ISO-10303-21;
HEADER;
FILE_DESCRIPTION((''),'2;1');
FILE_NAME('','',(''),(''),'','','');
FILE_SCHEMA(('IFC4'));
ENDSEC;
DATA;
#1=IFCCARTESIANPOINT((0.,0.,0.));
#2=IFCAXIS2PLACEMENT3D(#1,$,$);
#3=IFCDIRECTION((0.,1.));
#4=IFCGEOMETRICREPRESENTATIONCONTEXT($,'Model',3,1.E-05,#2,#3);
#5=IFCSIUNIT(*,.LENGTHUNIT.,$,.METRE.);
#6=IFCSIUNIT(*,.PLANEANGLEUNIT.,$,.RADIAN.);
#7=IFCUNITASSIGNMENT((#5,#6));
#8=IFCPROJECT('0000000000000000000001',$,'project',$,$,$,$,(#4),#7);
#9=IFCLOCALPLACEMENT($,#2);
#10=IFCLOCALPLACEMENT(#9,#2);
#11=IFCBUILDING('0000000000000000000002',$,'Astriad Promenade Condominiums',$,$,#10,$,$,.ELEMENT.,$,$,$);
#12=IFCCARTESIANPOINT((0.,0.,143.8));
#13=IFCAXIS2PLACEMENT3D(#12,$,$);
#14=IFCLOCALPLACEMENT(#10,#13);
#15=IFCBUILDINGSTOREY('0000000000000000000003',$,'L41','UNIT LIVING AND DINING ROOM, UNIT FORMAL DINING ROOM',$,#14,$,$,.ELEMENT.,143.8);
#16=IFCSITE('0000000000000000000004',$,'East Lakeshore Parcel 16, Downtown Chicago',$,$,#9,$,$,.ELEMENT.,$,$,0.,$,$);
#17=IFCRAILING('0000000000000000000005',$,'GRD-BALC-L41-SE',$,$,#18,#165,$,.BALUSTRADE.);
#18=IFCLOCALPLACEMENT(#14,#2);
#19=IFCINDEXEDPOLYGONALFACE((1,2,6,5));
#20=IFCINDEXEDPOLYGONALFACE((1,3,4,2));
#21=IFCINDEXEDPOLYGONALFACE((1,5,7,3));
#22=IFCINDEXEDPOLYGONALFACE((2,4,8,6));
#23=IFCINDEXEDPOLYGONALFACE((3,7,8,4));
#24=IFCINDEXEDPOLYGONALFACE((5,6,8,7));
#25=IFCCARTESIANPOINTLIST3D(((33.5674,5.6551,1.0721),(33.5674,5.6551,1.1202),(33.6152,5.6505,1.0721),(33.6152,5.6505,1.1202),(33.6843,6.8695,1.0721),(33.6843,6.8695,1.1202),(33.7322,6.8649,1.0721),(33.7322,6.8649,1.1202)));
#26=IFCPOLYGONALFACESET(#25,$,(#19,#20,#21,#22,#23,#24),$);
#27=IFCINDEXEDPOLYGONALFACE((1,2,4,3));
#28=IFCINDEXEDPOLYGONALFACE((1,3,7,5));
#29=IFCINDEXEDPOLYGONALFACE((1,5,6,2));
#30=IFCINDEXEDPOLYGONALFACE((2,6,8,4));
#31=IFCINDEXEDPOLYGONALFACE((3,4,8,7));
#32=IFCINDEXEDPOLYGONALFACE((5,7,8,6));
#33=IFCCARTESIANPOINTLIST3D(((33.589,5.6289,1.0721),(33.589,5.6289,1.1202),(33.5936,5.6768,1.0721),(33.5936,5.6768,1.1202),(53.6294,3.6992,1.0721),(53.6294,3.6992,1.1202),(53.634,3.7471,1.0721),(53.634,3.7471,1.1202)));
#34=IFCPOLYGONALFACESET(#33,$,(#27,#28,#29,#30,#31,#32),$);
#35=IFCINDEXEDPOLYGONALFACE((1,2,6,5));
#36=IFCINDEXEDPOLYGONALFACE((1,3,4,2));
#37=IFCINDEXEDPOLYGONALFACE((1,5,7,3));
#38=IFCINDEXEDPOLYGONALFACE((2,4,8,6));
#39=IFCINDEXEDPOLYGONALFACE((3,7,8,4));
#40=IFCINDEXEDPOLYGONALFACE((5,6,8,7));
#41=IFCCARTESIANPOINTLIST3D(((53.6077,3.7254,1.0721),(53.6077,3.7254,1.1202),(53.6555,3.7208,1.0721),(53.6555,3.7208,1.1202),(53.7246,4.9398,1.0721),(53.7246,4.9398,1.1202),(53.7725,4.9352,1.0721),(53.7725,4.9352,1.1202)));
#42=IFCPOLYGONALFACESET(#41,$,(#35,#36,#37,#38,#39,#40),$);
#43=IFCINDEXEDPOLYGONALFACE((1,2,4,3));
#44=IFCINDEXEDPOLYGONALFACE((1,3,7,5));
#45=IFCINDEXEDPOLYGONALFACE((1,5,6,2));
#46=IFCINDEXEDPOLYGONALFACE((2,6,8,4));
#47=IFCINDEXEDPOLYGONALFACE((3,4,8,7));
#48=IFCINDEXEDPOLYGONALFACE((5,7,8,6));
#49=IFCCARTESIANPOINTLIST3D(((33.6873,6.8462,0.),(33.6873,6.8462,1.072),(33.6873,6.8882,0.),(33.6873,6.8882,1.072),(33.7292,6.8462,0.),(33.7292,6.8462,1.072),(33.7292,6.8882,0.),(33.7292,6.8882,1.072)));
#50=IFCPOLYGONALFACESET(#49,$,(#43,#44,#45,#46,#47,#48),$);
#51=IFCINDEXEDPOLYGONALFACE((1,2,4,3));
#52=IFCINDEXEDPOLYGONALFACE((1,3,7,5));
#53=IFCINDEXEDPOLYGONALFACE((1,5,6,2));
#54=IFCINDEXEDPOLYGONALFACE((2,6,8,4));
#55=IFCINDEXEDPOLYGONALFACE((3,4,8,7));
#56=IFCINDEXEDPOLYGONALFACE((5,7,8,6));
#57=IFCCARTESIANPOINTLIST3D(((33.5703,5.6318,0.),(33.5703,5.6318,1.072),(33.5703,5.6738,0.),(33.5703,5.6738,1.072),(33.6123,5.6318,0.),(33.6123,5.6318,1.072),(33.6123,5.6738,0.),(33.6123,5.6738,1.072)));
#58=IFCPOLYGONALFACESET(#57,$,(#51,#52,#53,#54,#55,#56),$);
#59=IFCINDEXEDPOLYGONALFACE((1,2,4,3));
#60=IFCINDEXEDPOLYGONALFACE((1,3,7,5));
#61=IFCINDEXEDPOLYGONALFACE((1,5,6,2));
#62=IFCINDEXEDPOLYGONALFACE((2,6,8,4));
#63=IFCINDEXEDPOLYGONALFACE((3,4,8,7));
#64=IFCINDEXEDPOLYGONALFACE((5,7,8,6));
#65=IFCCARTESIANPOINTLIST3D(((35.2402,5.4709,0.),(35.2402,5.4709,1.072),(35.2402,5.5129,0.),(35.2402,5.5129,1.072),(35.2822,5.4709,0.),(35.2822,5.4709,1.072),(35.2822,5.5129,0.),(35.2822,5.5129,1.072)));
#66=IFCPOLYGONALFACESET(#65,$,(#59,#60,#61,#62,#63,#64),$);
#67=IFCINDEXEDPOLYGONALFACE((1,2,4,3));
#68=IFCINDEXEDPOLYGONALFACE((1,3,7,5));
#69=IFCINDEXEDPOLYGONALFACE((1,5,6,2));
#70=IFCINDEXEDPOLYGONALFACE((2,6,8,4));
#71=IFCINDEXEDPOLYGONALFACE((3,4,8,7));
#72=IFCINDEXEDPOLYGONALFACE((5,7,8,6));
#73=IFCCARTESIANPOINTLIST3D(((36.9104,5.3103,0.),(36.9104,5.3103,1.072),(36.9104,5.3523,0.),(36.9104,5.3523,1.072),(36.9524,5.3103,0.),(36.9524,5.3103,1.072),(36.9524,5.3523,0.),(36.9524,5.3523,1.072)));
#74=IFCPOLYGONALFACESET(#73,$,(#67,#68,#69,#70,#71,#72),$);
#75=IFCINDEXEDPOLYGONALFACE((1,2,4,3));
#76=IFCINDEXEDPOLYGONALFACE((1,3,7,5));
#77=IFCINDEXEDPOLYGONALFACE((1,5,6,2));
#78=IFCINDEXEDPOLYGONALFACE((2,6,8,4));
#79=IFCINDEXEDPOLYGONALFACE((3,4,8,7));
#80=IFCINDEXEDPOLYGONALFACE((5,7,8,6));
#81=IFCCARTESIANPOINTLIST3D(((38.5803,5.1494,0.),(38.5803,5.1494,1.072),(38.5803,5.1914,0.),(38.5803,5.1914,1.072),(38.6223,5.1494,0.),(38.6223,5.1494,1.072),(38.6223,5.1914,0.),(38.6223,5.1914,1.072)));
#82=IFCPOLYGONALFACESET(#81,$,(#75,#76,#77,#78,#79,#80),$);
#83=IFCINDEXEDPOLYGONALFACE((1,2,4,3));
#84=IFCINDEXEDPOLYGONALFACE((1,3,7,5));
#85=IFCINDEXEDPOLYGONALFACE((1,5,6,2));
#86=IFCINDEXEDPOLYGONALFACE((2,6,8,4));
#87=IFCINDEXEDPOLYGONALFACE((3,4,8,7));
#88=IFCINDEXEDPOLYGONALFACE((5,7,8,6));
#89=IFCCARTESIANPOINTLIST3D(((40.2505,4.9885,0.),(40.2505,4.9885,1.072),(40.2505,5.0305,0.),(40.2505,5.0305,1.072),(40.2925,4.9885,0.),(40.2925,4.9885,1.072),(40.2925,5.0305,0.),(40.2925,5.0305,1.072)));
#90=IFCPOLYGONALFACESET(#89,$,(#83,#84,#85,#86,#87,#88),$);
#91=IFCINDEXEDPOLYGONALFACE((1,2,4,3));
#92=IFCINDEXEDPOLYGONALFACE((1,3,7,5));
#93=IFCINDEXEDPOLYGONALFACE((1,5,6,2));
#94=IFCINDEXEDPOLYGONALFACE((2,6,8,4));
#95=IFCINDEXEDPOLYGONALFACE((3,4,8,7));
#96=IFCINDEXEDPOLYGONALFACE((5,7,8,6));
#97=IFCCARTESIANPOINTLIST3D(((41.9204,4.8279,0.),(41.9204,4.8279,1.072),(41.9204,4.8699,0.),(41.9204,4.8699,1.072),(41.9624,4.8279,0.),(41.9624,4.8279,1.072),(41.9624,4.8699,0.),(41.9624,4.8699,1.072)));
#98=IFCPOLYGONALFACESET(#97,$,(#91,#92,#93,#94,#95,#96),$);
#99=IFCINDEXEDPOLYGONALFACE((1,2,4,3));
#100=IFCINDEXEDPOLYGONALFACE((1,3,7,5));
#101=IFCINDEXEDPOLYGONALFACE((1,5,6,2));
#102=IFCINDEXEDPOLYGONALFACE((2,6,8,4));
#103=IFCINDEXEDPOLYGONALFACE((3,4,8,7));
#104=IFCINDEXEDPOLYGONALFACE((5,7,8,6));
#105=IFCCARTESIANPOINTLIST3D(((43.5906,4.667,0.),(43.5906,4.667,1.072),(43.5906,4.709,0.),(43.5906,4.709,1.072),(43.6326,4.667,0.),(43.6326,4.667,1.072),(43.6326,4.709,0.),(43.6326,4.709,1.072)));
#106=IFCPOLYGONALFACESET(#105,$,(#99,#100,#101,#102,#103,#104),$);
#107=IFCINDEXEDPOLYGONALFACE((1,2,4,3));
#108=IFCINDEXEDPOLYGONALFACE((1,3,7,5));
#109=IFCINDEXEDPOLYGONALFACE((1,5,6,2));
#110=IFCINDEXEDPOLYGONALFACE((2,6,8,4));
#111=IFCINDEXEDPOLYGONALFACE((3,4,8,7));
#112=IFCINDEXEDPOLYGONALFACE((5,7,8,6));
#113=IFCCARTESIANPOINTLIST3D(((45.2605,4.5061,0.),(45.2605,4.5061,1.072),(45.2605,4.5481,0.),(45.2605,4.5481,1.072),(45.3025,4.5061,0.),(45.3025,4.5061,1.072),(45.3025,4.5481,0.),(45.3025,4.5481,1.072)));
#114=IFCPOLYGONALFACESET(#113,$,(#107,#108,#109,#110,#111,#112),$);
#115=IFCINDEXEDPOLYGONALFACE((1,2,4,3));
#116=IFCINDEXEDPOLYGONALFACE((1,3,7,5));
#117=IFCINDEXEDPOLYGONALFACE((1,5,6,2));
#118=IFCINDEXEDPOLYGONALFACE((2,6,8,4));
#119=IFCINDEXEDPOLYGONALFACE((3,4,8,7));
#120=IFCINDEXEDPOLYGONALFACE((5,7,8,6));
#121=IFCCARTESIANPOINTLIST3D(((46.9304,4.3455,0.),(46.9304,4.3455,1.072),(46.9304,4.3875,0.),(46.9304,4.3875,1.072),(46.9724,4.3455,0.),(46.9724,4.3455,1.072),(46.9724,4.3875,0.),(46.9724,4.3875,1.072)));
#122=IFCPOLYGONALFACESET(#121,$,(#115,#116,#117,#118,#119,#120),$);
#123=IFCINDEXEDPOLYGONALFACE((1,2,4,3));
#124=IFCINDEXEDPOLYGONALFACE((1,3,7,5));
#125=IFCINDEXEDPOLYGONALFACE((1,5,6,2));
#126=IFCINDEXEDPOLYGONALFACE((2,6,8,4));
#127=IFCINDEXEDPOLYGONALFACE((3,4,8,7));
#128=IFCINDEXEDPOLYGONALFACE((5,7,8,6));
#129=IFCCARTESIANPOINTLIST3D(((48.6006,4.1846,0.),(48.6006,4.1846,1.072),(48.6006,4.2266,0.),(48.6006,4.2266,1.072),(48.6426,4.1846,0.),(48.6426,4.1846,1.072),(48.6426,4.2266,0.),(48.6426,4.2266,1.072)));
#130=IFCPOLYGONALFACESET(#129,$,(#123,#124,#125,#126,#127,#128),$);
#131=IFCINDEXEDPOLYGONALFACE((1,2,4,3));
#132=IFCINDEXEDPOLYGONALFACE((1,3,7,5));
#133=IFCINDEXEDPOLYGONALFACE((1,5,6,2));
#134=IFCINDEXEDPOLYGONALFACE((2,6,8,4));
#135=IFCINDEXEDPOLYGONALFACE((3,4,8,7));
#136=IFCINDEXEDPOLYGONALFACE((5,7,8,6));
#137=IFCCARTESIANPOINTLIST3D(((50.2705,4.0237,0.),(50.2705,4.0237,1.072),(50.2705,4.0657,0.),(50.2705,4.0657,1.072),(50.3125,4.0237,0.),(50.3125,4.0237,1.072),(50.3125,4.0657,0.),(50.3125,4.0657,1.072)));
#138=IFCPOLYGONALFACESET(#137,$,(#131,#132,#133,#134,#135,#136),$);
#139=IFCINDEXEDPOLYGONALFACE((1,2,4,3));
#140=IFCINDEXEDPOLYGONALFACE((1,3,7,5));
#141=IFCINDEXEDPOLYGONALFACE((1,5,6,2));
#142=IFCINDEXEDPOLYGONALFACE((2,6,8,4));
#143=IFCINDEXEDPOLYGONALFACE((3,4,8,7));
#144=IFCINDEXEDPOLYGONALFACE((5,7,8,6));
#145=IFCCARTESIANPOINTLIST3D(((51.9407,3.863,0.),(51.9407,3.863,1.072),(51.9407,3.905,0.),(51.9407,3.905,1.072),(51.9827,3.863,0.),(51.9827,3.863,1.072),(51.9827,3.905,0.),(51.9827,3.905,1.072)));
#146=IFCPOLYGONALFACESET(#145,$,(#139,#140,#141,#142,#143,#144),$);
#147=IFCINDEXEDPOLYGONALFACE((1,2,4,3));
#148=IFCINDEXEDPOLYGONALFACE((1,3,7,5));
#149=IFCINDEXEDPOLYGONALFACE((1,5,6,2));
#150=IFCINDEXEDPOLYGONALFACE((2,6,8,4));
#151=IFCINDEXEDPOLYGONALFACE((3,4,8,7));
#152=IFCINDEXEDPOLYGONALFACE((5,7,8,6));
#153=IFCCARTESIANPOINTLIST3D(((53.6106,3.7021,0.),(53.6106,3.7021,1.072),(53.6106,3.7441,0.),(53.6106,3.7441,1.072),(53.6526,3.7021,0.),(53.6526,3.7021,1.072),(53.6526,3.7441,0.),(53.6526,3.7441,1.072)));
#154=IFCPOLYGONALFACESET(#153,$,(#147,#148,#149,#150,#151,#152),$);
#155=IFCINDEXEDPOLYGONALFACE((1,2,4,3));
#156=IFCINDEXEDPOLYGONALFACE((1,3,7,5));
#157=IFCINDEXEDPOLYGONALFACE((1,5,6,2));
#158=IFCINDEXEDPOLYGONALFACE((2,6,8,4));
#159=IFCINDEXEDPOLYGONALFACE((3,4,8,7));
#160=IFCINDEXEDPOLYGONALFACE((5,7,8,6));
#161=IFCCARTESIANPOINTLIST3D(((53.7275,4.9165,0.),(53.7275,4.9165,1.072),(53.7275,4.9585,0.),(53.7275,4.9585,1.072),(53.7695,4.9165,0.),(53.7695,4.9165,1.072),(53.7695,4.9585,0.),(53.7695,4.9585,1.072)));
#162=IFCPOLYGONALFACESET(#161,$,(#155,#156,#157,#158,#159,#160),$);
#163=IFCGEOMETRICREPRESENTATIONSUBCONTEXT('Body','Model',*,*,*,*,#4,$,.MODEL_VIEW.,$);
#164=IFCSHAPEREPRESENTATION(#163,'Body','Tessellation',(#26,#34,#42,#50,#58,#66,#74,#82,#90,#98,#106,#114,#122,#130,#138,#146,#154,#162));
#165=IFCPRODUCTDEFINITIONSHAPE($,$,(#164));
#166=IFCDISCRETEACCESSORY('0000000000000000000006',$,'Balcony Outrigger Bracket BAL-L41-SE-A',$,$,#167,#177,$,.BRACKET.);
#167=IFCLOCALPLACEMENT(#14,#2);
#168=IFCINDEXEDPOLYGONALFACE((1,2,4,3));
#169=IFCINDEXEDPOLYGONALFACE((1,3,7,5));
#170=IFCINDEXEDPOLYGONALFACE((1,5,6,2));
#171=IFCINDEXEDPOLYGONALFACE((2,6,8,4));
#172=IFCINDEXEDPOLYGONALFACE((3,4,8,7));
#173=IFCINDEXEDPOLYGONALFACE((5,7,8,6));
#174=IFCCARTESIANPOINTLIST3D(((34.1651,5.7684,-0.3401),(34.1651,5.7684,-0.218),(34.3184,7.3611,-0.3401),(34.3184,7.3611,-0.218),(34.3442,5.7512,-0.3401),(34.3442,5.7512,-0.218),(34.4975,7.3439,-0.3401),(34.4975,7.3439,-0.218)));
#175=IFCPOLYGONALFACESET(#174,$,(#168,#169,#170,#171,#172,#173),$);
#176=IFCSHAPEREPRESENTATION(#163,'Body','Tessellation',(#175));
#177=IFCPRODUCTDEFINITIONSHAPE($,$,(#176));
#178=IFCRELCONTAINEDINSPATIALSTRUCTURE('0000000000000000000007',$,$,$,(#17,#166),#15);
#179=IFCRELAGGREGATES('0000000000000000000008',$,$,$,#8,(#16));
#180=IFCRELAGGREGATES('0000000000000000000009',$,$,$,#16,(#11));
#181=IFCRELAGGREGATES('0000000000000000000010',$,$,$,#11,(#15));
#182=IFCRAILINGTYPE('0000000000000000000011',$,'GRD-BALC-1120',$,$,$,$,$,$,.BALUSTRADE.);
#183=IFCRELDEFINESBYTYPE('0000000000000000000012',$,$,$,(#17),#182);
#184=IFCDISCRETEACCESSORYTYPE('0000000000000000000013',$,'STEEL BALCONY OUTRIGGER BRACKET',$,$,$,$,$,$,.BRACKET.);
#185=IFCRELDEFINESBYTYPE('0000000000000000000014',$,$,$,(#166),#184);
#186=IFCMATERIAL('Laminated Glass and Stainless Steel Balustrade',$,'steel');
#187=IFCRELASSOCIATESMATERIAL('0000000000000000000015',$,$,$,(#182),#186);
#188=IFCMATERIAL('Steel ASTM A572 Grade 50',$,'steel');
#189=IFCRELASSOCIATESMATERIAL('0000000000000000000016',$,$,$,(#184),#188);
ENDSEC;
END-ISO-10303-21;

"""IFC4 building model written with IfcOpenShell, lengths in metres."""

from ifc_helpers import new_model, si_unit, direction, frame, origin, origin_2d, place, context, subcontext, project, spatial, rectangle, extrude, source, transform, mapped, material, type_object, type_shapes, element, save


model = new_model("IFC4")

# Units and contexts
model_context = context("Model", 3, precision=1e-05, world=origin(), true_north=direction((0.0, 1.0)))
body_context = subcontext(model_context, "Body", "Model", "MODEL_VIEW")
ifc_project = project(units=[si_unit("LENGTHUNIT", "METRE"), si_unit("PLANEANGLEUNIT", "RADIAN")], contexts=[model_context])

# Site, building, storey
site_placement = place(None, origin())
site = spatial("IfcSite", under=ifc_project, at=site_placement, Name="East Lakeshore Parcel 16, Downtown Chicago", CompositionType="ELEMENT", RefElevation=0.0)
building_placement = place(site_placement, origin())
building = spatial("IfcBuilding", under=site, at=building_placement, Name="Astriad Promenade Condominiums", CompositionType="ELEMENT")
storey_placement = place(building_placement, frame((0.0, 0.0, 143.8)))
storey = spatial("IfcBuildingStorey", under=building, at=storey_placement, Name="L41", Description="UNIT LIVING AND DINING ROOM, UNIT FORMAL DINING ROOM", CompositionType="ELEMENT", Elevation=143.8)

# Railing
ifc_material_1 = material(Name="Laminated Glass and Stainless Steel Balustrade", Category="steel")
railing_type = type_object("IfcRailingType", Name="GRD-BALC-1120", PredefinedType="BALUSTRADE", material=ifc_material_1)
shared_shape_1 = source(origin(), body_context, "Body", "SweptSolid", [
    extrude(rectangle(XDim=0.0481, YDim=0.0481, at=origin_2d()), frame((0.0, 0.0, 1.0962), z_axis=(-0.095857, -0.995395, 0.0), x_axis=(0.995395, -0.095857, 0.0)), (0.0, 0.0, 1.0), 1.22),
    extrude(rectangle(XDim=0.0481, YDim=0.0481, at=origin_2d()), frame((-0.1169, -1.2144, 1.0962), z_axis=(0.995396, -0.095847, 0.0), x_axis=(0.095847, 0.995396, 0.0)), (0.0, 0.0, 1.0), 20.1331),
    extrude(rectangle(XDim=0.0481, YDim=0.0481, at=origin_2d()), frame((19.9233, -3.144, 1.0962), z_axis=(0.095857, 0.995395, 0.0), x_axis=(-0.995395, 0.095857, 0.0)), (0.0, 0.0, 1.0), 1.22),
    extrude(rectangle(XDim=0.042, YDim=0.042, at=origin_2d()), origin(), (0.0, 0.0, 1.0), 1.072),
    extrude(rectangle(XDim=0.042, YDim=0.042, at=origin_2d()), frame((-0.1169, -1.2144, 0.0)), (0.0, 0.0, 1.0), 1.072),
    extrude(rectangle(XDim=0.042, YDim=0.042, at=origin_2d()), frame((1.553, -1.3752, 0.0)), (0.0, 0.0, 1.0), 1.072),
    extrude(rectangle(XDim=0.042, YDim=0.042, at=origin_2d()), frame((3.2231, -1.5359, 0.0)), (0.0, 0.0, 1.0), 1.072),
    extrude(rectangle(XDim=0.042, YDim=0.042, at=origin_2d()), frame((4.8931, -1.6968, 0.0)), (0.0, 0.0, 1.0), 1.072),
    extrude(rectangle(XDim=0.042, YDim=0.042, at=origin_2d()), frame((6.5632, -1.8577, 0.0)), (0.0, 0.0, 1.0), 1.072),
    extrude(rectangle(XDim=0.042, YDim=0.042, at=origin_2d()), frame((8.2332, -2.0183, 0.0)), (0.0, 0.0, 1.0), 1.072),
    extrude(rectangle(XDim=0.042, YDim=0.042, at=origin_2d()), frame((9.9033, -2.1792, 0.0)), (0.0, 0.0, 1.0), 1.072),
    extrude(rectangle(XDim=0.042, YDim=0.042, at=origin_2d()), frame((11.5732, -2.3401, 0.0)), (0.0, 0.0, 1.0), 1.072),
    extrude(rectangle(XDim=0.042, YDim=0.042, at=origin_2d()), frame((13.2432, -2.5007, 0.0)), (0.0, 0.0, 1.0), 1.072),
    extrude(rectangle(XDim=0.042, YDim=0.042, at=origin_2d()), frame((14.9133, -2.6616, 0.0)), (0.0, 0.0, 1.0), 1.072),
    extrude(rectangle(XDim=0.042, YDim=0.042, at=origin_2d()), frame((16.5833, -2.8225, 0.0)), (0.0, 0.0, 1.0), 1.072),
    extrude(rectangle(XDim=0.042, YDim=0.042, at=origin_2d()), frame((18.2534, -2.9832, 0.0)), (0.0, 0.0, 1.0), 1.072),
    extrude(rectangle(XDim=0.042, YDim=0.042, at=origin_2d()), frame((19.9233, -3.144, 0.0)), (0.0, 0.0, 1.0), 1.072),
    extrude(rectangle(XDim=0.042, YDim=0.042, at=origin_2d()), frame((20.0403, -1.9297, 0.0)), (0.0, 0.0, 1.0), 1.072),
])
type_shapes(railing_type, [shared_shape_1])
railing_placement = place(storey_placement, frame((33.7083, 6.8672, 0.0)))
element("IfcRailing", 1, at=railing_placement, inside=storey, type_object=railing_type, Name="GRD-BALC-L41-SE", PredefinedType="BALUSTRADE", context=body_context, shape_type="MappedRepresentation", body=[
    mapped(shared_shape_1, transform((0.0, 0.0, 0.0), scale=1.0)),
])

# Discrete accessory
ifc_material_2 = material(Name="Steel ASTM A572 Grade 50", Category="steel")
discrete_accessory_type = type_object("IfcDiscreteAccessoryType", Name="STEEL BALCONY OUTRIGGER BRACKET", PredefinedType="BRACKET", material=ifc_material_2)
shared_shape_2 = source(origin(), body_context, "Body", "SweptSolid", [
    extrude(rectangle(XDim=1.6001, YDim=0.1799, at=origin_2d()), origin(), (0.0, 0.0, 1.0), 0.1221),
])
type_shapes(discrete_accessory_type, [shared_shape_2])
discrete_accessory_placement = place(storey_placement, frame((34.3313, 6.5562, -0.3401), z_axis=(0.0, 0.0, 1.0), x_axis=(-0.095846, -0.995396, 0.0)))
element("IfcDiscreteAccessory", 2, at=discrete_accessory_placement, inside=storey, type_object=discrete_accessory_type, Name="Balcony Outrigger Bracket BAL-L41-SE-A", PredefinedType="BRACKET", context=body_context, shape_type="MappedRepresentation", body=[
    mapped(shared_shape_2, transform((0.0, 0.0, 0.0), scale=1.0)),
])

save(model, "model.ifc")
